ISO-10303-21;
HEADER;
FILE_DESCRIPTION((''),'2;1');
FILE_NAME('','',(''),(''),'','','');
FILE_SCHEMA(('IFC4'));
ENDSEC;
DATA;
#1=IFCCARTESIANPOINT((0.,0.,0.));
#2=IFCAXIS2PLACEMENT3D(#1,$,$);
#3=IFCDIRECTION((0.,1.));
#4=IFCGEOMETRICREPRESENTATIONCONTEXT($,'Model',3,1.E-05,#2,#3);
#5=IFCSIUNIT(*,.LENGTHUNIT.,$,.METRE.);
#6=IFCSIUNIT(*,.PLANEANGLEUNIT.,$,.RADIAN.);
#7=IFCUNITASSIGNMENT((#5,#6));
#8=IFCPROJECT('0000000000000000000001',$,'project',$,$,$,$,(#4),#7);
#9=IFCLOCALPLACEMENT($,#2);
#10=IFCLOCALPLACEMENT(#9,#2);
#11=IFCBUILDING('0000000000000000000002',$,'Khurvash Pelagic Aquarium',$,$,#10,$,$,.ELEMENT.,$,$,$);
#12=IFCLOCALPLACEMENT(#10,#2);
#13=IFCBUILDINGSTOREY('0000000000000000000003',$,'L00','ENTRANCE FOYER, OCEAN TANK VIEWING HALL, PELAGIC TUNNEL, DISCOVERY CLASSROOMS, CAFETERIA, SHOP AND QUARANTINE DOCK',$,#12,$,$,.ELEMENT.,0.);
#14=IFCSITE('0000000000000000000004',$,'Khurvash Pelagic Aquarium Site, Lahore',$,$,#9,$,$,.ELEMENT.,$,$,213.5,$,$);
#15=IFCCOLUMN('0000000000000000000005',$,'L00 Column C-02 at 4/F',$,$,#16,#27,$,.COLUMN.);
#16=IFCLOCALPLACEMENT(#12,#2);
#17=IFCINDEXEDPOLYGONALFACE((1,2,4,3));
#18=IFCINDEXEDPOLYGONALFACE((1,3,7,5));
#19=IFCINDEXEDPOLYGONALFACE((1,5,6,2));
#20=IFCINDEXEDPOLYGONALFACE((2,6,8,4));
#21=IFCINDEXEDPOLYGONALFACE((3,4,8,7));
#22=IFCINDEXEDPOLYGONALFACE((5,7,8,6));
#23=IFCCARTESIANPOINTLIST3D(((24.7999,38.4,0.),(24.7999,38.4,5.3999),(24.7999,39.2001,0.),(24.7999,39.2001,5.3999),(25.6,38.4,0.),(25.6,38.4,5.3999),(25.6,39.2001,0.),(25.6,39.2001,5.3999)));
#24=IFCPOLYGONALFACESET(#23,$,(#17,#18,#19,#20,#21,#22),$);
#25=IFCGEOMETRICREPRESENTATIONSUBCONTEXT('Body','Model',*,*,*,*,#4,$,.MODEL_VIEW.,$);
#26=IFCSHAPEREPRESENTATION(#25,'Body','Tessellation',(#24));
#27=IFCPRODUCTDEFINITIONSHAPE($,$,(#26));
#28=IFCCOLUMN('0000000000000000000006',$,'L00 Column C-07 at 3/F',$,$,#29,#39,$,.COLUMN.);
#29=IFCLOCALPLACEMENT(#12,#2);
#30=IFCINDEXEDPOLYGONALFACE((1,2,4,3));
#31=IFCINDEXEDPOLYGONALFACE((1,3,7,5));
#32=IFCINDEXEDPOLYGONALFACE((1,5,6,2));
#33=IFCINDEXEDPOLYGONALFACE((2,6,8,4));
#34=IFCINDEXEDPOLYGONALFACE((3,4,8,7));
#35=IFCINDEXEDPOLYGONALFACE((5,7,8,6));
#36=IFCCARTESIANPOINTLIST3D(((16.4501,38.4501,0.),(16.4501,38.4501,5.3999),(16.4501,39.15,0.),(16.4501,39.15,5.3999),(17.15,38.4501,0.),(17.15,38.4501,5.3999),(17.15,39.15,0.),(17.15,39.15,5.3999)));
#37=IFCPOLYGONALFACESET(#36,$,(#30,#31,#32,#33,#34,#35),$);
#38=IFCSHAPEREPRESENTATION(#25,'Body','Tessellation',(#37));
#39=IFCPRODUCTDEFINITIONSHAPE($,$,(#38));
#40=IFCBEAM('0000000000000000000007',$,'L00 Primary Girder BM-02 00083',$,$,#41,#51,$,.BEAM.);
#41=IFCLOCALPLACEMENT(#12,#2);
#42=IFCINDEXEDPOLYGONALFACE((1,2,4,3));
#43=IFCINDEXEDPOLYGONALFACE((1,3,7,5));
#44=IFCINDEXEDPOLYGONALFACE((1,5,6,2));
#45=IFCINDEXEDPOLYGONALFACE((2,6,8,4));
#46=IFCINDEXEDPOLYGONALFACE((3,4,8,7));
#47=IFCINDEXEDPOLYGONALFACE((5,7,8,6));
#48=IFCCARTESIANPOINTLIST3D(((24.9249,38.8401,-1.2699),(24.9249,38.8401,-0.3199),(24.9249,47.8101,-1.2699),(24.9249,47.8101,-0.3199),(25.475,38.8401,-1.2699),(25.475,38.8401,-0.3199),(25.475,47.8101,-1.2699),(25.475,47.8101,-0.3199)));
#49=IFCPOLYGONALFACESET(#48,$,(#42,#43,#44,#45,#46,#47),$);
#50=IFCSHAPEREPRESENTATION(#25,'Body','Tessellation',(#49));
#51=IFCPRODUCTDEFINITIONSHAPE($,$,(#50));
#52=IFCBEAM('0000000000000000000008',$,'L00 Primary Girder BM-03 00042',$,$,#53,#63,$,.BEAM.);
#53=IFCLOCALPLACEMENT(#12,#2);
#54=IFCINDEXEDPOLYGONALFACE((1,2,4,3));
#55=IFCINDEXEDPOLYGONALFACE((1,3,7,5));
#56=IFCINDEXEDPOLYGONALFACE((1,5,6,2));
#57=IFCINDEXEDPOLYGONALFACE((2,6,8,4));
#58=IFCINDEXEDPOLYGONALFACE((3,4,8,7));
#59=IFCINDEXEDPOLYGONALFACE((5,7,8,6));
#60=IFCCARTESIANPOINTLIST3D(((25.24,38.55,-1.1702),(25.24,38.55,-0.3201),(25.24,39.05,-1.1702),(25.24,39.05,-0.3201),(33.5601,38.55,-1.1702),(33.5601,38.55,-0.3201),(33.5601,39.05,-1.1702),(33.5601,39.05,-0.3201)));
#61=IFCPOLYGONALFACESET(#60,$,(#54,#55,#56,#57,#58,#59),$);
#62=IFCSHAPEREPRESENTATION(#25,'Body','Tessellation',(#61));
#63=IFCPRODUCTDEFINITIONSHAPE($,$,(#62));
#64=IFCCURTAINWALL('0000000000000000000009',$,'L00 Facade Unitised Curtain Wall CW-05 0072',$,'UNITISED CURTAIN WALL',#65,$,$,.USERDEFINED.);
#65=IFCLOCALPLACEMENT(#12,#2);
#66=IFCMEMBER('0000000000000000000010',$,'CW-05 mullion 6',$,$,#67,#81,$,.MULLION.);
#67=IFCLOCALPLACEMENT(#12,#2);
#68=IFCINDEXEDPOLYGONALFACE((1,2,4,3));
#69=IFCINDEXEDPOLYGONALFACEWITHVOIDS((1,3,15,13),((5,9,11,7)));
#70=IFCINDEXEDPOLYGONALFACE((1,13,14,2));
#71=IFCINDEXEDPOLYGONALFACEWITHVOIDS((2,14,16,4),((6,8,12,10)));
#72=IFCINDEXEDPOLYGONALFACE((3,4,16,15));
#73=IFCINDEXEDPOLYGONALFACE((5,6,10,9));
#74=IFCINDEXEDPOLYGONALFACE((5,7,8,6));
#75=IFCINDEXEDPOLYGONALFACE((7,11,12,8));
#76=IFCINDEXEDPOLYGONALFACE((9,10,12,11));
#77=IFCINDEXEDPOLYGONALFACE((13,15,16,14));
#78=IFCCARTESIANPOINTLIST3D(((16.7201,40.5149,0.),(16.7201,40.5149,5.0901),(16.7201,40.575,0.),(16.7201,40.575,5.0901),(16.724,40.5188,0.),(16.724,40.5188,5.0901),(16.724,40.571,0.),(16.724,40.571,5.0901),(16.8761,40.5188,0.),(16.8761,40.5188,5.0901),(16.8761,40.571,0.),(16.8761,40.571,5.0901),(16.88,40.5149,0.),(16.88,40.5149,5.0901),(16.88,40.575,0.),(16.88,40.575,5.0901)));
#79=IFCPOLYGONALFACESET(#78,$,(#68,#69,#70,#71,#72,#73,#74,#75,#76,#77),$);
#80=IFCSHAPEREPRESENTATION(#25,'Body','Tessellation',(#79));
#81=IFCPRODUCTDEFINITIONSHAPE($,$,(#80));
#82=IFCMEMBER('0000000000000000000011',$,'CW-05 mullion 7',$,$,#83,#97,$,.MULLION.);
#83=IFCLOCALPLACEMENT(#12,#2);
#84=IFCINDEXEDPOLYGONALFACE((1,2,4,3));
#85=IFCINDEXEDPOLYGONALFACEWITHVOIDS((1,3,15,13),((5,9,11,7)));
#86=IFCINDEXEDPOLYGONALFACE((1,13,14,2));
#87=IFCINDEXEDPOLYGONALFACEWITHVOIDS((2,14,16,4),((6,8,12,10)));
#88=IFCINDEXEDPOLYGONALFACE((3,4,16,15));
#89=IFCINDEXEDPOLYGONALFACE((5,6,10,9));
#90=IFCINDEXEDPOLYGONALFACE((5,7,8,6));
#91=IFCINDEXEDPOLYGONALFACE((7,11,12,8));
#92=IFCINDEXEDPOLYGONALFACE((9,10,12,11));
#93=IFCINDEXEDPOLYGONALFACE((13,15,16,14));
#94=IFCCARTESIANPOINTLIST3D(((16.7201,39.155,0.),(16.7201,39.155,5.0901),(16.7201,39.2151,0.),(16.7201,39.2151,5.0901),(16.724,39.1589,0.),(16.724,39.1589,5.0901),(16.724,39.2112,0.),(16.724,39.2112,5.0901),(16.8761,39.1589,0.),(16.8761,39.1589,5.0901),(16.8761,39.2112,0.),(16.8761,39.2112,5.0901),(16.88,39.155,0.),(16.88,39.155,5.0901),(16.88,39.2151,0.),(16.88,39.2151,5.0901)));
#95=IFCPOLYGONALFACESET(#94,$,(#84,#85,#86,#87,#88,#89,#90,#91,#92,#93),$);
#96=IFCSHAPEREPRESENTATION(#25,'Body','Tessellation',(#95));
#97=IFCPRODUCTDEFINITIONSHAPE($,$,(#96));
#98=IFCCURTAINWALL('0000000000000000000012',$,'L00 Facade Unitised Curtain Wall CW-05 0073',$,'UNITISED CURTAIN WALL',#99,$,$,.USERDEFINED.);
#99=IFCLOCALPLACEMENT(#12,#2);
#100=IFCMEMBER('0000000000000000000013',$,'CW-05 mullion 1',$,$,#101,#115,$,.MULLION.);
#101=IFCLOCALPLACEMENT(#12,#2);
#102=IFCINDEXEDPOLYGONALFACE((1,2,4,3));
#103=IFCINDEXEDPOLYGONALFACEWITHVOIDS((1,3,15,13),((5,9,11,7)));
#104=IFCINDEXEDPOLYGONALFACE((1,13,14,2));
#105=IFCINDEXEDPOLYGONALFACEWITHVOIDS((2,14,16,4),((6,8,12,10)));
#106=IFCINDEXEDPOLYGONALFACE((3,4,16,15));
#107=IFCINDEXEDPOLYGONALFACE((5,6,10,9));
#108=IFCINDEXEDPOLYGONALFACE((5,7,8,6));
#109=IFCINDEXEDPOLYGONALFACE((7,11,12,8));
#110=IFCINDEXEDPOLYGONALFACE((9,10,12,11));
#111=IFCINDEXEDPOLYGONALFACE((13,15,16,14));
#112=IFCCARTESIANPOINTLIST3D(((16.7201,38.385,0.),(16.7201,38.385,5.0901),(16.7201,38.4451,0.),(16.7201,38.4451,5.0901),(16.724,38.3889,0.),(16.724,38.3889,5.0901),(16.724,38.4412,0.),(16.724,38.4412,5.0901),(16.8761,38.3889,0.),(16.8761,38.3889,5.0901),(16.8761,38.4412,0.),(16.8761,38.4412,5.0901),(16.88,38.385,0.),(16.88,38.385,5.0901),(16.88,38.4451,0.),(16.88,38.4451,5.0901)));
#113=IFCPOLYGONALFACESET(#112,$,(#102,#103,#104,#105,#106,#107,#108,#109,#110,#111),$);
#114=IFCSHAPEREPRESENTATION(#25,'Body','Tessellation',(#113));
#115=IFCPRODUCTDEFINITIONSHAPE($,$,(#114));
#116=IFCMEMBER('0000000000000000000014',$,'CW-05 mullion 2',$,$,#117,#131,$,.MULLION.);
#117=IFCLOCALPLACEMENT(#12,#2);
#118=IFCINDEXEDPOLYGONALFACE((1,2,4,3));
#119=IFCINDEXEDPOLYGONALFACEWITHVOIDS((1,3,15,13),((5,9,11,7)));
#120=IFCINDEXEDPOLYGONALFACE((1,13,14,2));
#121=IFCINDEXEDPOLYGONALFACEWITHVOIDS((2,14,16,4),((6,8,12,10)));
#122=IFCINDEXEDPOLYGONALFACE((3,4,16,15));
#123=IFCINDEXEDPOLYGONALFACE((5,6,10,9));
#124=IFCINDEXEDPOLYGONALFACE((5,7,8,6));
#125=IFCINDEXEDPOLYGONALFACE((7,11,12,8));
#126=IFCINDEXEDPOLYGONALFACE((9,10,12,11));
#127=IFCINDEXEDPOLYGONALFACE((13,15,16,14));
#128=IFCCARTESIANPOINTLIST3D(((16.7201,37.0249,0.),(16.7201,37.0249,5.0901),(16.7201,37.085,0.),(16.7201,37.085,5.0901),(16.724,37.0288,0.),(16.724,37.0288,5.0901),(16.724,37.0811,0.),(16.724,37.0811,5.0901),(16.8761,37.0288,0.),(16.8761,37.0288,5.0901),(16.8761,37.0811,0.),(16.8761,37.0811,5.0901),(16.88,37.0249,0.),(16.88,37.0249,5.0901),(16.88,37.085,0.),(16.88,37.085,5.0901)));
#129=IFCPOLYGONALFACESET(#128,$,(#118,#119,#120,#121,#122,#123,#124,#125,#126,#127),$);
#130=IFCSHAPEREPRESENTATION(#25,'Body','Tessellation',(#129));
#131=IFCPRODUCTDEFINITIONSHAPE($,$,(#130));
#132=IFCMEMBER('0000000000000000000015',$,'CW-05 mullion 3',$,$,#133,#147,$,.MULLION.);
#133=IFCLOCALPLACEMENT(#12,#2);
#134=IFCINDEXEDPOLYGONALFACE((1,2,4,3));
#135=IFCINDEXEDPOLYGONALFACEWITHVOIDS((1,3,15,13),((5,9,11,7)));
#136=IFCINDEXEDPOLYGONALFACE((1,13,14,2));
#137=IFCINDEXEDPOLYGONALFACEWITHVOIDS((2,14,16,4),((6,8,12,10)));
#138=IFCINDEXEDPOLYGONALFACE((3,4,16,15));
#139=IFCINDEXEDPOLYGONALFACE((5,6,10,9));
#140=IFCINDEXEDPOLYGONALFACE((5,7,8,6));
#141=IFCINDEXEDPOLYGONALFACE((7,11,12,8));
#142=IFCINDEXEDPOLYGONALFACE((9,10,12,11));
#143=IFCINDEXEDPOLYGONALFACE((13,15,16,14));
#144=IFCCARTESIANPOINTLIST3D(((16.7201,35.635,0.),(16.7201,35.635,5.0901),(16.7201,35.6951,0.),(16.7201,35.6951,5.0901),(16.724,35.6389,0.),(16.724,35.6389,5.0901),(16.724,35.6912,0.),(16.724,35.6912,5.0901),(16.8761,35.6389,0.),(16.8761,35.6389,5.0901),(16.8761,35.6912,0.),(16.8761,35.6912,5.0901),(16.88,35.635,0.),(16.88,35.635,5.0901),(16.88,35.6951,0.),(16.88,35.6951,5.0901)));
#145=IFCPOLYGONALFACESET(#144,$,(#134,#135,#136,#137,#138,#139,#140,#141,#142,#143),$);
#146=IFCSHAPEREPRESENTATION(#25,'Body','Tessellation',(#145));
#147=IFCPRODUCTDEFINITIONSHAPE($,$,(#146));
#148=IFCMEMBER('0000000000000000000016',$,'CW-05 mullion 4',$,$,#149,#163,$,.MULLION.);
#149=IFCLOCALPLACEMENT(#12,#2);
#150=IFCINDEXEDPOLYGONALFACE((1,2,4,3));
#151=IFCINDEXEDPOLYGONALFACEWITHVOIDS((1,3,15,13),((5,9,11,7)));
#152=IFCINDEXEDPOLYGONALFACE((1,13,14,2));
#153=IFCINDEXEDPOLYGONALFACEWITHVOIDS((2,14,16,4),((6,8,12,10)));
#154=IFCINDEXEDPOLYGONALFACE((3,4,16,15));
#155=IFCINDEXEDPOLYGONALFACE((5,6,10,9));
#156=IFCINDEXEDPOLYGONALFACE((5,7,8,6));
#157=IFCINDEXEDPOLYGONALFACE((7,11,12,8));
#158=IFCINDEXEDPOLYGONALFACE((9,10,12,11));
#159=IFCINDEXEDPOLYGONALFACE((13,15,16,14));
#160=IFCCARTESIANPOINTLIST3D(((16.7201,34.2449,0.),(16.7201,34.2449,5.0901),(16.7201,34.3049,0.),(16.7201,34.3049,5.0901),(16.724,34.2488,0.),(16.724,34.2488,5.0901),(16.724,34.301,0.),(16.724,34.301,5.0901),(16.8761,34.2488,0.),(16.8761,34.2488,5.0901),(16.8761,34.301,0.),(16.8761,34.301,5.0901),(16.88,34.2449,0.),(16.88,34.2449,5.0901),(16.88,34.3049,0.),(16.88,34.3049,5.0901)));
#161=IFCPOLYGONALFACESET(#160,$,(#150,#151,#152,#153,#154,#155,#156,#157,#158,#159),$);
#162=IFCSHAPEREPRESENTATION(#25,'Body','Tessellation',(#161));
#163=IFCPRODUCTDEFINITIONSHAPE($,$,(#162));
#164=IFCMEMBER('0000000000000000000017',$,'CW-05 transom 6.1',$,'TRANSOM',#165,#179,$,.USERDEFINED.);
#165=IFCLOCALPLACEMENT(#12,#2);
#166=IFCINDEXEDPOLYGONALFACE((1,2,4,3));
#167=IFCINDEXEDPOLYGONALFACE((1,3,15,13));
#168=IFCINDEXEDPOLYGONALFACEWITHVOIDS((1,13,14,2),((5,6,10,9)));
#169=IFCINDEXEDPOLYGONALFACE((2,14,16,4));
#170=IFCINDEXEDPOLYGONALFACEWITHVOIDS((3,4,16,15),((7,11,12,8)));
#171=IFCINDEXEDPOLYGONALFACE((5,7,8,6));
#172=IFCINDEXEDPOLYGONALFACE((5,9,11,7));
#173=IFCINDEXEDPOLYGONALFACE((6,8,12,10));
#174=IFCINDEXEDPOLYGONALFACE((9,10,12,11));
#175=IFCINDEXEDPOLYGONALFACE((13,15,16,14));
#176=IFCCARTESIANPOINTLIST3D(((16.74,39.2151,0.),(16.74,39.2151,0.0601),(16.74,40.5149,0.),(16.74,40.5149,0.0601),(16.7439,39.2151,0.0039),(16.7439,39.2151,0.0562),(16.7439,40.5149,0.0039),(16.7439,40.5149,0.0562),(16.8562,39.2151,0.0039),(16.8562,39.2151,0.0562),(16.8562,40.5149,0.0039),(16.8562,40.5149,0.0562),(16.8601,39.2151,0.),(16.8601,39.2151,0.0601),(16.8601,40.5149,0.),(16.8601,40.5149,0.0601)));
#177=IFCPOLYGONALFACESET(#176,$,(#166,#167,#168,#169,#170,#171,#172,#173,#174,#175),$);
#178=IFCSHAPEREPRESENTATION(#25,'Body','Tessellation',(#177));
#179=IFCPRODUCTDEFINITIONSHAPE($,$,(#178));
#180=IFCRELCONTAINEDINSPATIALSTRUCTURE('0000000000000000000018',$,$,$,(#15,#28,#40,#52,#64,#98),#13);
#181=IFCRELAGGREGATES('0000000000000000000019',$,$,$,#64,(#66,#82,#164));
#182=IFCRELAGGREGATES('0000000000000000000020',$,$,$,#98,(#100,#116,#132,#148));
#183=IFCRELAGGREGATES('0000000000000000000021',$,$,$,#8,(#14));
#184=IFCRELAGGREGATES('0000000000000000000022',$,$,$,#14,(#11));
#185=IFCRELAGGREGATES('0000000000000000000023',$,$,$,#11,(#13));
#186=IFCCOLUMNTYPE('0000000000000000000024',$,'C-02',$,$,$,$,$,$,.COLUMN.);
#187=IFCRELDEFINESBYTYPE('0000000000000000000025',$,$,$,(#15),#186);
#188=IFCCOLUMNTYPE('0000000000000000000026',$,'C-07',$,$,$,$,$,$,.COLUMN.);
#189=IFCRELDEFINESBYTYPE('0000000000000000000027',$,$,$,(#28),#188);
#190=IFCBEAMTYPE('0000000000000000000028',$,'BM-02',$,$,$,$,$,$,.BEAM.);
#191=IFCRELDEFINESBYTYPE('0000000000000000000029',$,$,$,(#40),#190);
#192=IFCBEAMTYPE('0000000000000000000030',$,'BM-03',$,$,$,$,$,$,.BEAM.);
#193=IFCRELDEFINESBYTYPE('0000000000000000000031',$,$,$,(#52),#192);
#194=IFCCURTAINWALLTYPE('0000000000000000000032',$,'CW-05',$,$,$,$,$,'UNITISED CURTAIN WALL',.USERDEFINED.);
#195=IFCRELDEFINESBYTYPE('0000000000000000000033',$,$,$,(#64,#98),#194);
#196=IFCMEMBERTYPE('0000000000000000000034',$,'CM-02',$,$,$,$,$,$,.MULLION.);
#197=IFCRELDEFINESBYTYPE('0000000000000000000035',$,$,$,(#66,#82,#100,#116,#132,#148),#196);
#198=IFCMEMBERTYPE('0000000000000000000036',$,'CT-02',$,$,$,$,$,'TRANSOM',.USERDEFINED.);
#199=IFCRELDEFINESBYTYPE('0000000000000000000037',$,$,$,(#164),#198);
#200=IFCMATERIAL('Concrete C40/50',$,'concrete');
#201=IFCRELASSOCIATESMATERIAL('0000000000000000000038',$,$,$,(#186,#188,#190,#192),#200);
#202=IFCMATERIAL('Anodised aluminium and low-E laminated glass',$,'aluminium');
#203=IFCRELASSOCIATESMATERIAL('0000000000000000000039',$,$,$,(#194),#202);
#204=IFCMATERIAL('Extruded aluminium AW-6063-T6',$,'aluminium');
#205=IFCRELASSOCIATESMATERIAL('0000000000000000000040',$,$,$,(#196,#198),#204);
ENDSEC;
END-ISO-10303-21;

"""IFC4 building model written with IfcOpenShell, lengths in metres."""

from ifc_helpers import new_model, si_unit, direction, frame, origin, origin_2d, place, context, subcontext, project, spatial, rectangle, hollow_rectangle, extrude, material, material_profile, profile_set, type_object, element, aggregate, save


model = new_model("IFC4")

# Units and contexts
model_context = context("Model", 3, precision=1e-05, world=origin(), true_north=direction((0.0, 1.0)))
body_context = subcontext(model_context, "Body", "Model", "MODEL_VIEW")
ifc_project = project(units=[si_unit("LENGTHUNIT", "METRE"), si_unit("PLANEANGLEUNIT", "RADIAN")], contexts=[model_context])

# Site, building, storey
site_placement = place(None, origin())
site = spatial("IfcSite", under=ifc_project, at=site_placement, Name="Khurvash Pelagic Aquarium Site, Lahore", CompositionType="ELEMENT", RefElevation=213.5)
building_placement = place(site_placement, origin())
building = spatial("IfcBuilding", under=site, at=building_placement, Name="Khurvash Pelagic Aquarium", CompositionType="ELEMENT")
storey_placement = place(building_placement, origin())
storey = spatial("IfcBuildingStorey", under=building, at=storey_placement, Name="L00", Description="ENTRANCE FOYER, OCEAN TANK VIEWING HALL, PELAGIC TUNNEL, DISCOVERY CLASSROOMS, CAFETERIA, SHOP AND QUARANTINE DOCK", CompositionType="ELEMENT", Elevation=0.0)

# Columns
ifc_material_1 = material(Name="Concrete C40/50", Category="concrete")
ifc_material_profile_1 = material_profile(ifc_material_1, rectangle(XDim=0.8, YDim=0.8, at=origin_2d()), Name="RC800X800")
ifc_profile_set_1 = profile_set([ifc_material_profile_1], Name="Concrete C40/50")
column_type_1 = type_object("IfcColumnType", Name="C-02", PredefinedType="COLUMN", material=ifc_profile_set_1)
column_1_placement = place(storey_placement, frame((25.2, 38.8, 0.0), z_axis=(0.0, 0.0, 1.0), x_axis=(1.0, 0.0, 0.0)))
element("IfcColumn", 1, at=column_1_placement, inside=storey, type_object=column_type_1, Name="L00 Column C-02 at 4/F", PredefinedType="COLUMN", context=body_context, shape_type="SweptSolid", body=[
    extrude(rectangle(XDim=0.8, YDim=0.8, at=origin_2d()), origin(), (0.0, 0.0, 1.0), 5.3999),
])
ifc_material_profile_2 = material_profile(ifc_material_1, rectangle(XDim=0.7, YDim=0.7, at=origin_2d()), Name="RC700X700")
ifc_profile_set_2 = profile_set([ifc_material_profile_2], Name="Concrete C40/50")
column_type_2 = type_object("IfcColumnType", Name="C-07", PredefinedType="COLUMN", material=ifc_profile_set_2)
column_2_placement = place(storey_placement, frame((16.8, 38.8, 0.0), z_axis=(0.0, 0.0, 1.0), x_axis=(1.0, 0.0, 0.0)))
element("IfcColumn", 2, at=column_2_placement, inside=storey, type_object=column_type_2, Name="L00 Column C-07 at 3/F", PredefinedType="COLUMN", context=body_context, shape_type="SweptSolid", body=[
    extrude(rectangle(XDim=0.7, YDim=0.7, at=origin_2d()), origin(), (0.0, 0.0, 1.0), 5.3999),
])

# Beams
ifc_material_profile_3 = material_profile(ifc_material_1, rectangle(XDim=0.55, YDim=0.95, at=origin_2d()), Name="RC550X950")
ifc_profile_set_3 = profile_set([ifc_material_profile_3], Name="Concrete C40/50")
beam_type_1 = type_object("IfcBeamType", Name="BM-02", PredefinedType="BEAM", material=ifc_profile_set_3)
beam_1_placement = place(storey_placement, frame((25.2, 38.8401, -0.7949), z_axis=(0.0, 1.0, 0.0), x_axis=(-1.0, 0.0, 0.0)))
element("IfcBeam", 3, at=beam_1_placement, inside=storey, type_object=beam_type_1, Name="L00 Primary Girder BM-02 00083", PredefinedType="BEAM", context=body_context, shape_type="SweptSolid", body=[
    extrude(rectangle(XDim=0.55, YDim=0.95, at=origin_2d()), origin(), (0.0, 0.0, 1.0), 8.97),
])
ifc_material_profile_4 = material_profile(ifc_material_1, rectangle(XDim=0.5, YDim=0.8501, at=origin_2d()), Name="RC500X850")
ifc_profile_set_4 = profile_set([ifc_material_profile_4], Name="Concrete C40/50")
beam_type_2 = type_object("IfcBeamType", Name="BM-03", PredefinedType="BEAM", material=ifc_profile_set_4)
beam_2_placement = place(storey_placement, frame((25.24, 38.8, -0.7451), z_axis=(1.0, 0.0, 0.0), x_axis=(0.0, 1.0, 0.0)))
element("IfcBeam", 4, at=beam_2_placement, inside=storey, type_object=beam_type_2, Name="L00 Primary Girder BM-03 00042", PredefinedType="BEAM", context=body_context, shape_type="SweptSolid", body=[
    extrude(rectangle(XDim=0.5, YDim=0.8501, at=origin_2d()), origin(), (0.0, 0.0, 1.0), 8.3201),
])

# Curtain walls, members
ifc_material_2 = material(Name="Anodised aluminium and low-E laminated glass", Category="aluminium")
curtain_wall_type = type_object("IfcCurtainWallType", Name="CW-05", ElementType="UNITISED CURTAIN WALL", PredefinedType="USERDEFINED", material=ifc_material_2)
curtain_wall_1_placement = place(storey_placement, origin())
curtain_wall_1 = element("IfcCurtainWall", 5, at=curtain_wall_1_placement, inside=storey, type_object=curtain_wall_type, Name="L00 Facade Unitised Curtain Wall CW-05 0072", ObjectType="UNITISED CURTAIN WALL", PredefinedType="USERDEFINED")
ifc_material_3 = material(Name="Extruded aluminium AW-6063-T6", Category="aluminium")
ifc_material_profile_5 = material_profile(ifc_material_3, hollow_rectangle(XDim=0.0601, YDim=0.1599, WallThickness=0.0039, at=origin_2d()), Name="CWM60X160X4")
ifc_profile_set_5 = profile_set([ifc_material_profile_5], Name="Extruded aluminium AW-6063-T6")
member_type_1 = type_object("IfcMemberType", Name="CM-02", PredefinedType="MULLION", material=ifc_profile_set_5)
member_1_placement = place(storey_placement, frame((16.8, 40.5449, 0.0), z_axis=(0.0, 0.0, 1.0), x_axis=(0.0, -1.0, 0.0)))
member_1 = element("IfcMember", 6, at=member_1_placement, type_object=member_type_1, Name="CW-05 mullion 6", PredefinedType="MULLION", context=body_context, shape_type="SweptSolid", body=[
    extrude(hollow_rectangle(XDim=0.0601, YDim=0.1599, WallThickness=0.0039, at=origin_2d()), origin(), (0.0, 0.0, 1.0), 5.0901),
])
member_2_placement = place(storey_placement, frame((16.8, 39.1851, 0.0), z_axis=(0.0, 0.0, 1.0), x_axis=(0.0, -1.0, 0.0)))
member_2 = element("IfcMember", 7, at=member_2_placement, type_object=member_type_1, Name="CW-05 mullion 7", PredefinedType="MULLION", context=body_context, shape_type="SweptSolid", body=[
    extrude(hollow_rectangle(XDim=0.0601, YDim=0.1599, WallThickness=0.0039, at=origin_2d()), origin(), (0.0, 0.0, 1.0), 5.0901),
])
curtain_wall_2_placement = place(storey_placement, origin())
curtain_wall_2 = element("IfcCurtainWall", 8, at=curtain_wall_2_placement, inside=storey, type_object=curtain_wall_type, Name="L00 Facade Unitised Curtain Wall CW-05 0073", ObjectType="UNITISED CURTAIN WALL", PredefinedType="USERDEFINED")
member_3_placement = place(storey_placement, frame((16.8, 38.415, 0.0), z_axis=(0.0, 0.0, 1.0), x_axis=(0.0, -1.0, 0.0)))
member_3 = element("IfcMember", 9, at=member_3_placement, type_object=member_type_1, Name="CW-05 mullion 1", PredefinedType="MULLION", context=body_context, shape_type="SweptSolid", body=[
    extrude(hollow_rectangle(XDim=0.0601, YDim=0.1599, WallThickness=0.0039, at=origin_2d()), origin(), (0.0, 0.0, 1.0), 5.0901),
])
member_4_placement = place(storey_placement, frame((16.8, 37.0549, 0.0), z_axis=(0.0, 0.0, 1.0), x_axis=(0.0, -1.0, 0.0)))
member_4 = element("IfcMember", 10, at=member_4_placement, type_object=member_type_1, Name="CW-05 mullion 2", PredefinedType="MULLION", context=body_context, shape_type="SweptSolid", body=[
    extrude(hollow_rectangle(XDim=0.0601, YDim=0.1599, WallThickness=0.0039, at=origin_2d()), origin(), (0.0, 0.0, 1.0), 5.0901),
])
member_5_placement = place(storey_placement, frame((16.8, 35.665, 0.0), z_axis=(0.0, 0.0, 1.0), x_axis=(0.0, -1.0, 0.0)))
member_5 = element("IfcMember", 11, at=member_5_placement, type_object=member_type_1, Name="CW-05 mullion 3", PredefinedType="MULLION", context=body_context, shape_type="SweptSolid", body=[
    extrude(hollow_rectangle(XDim=0.0601, YDim=0.1599, WallThickness=0.0039, at=origin_2d()), origin(), (0.0, 0.0, 1.0), 5.0901),
])
member_6_placement = place(storey_placement, frame((16.8, 34.2749, 0.0), z_axis=(0.0, 0.0, 1.0), x_axis=(0.0, -1.0, 0.0)))
member_6 = element("IfcMember", 12, at=member_6_placement, type_object=member_type_1, Name="CW-05 mullion 4", PredefinedType="MULLION", context=body_context, shape_type="SweptSolid", body=[
    extrude(hollow_rectangle(XDim=0.0601, YDim=0.1599, WallThickness=0.0039, at=origin_2d()), origin(), (0.0, 0.0, 1.0), 5.0901),
])

# Member
ifc_material_profile_6 = material_profile(ifc_material_3, hollow_rectangle(XDim=0.1201, YDim=0.0601, WallThickness=0.0039, at=origin_2d()), Name="CWT120X60X4")
ifc_profile_set_6 = profile_set([ifc_material_profile_6], Name="Extruded aluminium AW-6063-T6")
member_type_2 = type_object("IfcMemberType", Name="CT-02", ElementType="TRANSOM", PredefinedType="USERDEFINED", material=ifc_profile_set_6)
member_7_placement = place(storey_placement, frame((16.8, 40.5149, 0.03), z_axis=(0.0, -1.0, 0.0), x_axis=(1.0, 0.0, 0.0)))
member_7 = element("IfcMember", 13, at=member_7_placement, type_object=member_type_2, Name="CW-05 transom 6.1", ObjectType="TRANSOM", PredefinedType="USERDEFINED", context=body_context, shape_type="SweptSolid", body=[
    extrude(hollow_rectangle(XDim=0.1201, YDim=0.0601, WallThickness=0.0039, at=origin_2d()), origin(), (0.0, 0.0, 1.0), 1.2998),
])

aggregate(curtain_wall_1, [member_1, member_2, member_7])
aggregate(curtain_wall_2, [member_3, member_4, member_5, member_6])

save(model, "model.ifc")
